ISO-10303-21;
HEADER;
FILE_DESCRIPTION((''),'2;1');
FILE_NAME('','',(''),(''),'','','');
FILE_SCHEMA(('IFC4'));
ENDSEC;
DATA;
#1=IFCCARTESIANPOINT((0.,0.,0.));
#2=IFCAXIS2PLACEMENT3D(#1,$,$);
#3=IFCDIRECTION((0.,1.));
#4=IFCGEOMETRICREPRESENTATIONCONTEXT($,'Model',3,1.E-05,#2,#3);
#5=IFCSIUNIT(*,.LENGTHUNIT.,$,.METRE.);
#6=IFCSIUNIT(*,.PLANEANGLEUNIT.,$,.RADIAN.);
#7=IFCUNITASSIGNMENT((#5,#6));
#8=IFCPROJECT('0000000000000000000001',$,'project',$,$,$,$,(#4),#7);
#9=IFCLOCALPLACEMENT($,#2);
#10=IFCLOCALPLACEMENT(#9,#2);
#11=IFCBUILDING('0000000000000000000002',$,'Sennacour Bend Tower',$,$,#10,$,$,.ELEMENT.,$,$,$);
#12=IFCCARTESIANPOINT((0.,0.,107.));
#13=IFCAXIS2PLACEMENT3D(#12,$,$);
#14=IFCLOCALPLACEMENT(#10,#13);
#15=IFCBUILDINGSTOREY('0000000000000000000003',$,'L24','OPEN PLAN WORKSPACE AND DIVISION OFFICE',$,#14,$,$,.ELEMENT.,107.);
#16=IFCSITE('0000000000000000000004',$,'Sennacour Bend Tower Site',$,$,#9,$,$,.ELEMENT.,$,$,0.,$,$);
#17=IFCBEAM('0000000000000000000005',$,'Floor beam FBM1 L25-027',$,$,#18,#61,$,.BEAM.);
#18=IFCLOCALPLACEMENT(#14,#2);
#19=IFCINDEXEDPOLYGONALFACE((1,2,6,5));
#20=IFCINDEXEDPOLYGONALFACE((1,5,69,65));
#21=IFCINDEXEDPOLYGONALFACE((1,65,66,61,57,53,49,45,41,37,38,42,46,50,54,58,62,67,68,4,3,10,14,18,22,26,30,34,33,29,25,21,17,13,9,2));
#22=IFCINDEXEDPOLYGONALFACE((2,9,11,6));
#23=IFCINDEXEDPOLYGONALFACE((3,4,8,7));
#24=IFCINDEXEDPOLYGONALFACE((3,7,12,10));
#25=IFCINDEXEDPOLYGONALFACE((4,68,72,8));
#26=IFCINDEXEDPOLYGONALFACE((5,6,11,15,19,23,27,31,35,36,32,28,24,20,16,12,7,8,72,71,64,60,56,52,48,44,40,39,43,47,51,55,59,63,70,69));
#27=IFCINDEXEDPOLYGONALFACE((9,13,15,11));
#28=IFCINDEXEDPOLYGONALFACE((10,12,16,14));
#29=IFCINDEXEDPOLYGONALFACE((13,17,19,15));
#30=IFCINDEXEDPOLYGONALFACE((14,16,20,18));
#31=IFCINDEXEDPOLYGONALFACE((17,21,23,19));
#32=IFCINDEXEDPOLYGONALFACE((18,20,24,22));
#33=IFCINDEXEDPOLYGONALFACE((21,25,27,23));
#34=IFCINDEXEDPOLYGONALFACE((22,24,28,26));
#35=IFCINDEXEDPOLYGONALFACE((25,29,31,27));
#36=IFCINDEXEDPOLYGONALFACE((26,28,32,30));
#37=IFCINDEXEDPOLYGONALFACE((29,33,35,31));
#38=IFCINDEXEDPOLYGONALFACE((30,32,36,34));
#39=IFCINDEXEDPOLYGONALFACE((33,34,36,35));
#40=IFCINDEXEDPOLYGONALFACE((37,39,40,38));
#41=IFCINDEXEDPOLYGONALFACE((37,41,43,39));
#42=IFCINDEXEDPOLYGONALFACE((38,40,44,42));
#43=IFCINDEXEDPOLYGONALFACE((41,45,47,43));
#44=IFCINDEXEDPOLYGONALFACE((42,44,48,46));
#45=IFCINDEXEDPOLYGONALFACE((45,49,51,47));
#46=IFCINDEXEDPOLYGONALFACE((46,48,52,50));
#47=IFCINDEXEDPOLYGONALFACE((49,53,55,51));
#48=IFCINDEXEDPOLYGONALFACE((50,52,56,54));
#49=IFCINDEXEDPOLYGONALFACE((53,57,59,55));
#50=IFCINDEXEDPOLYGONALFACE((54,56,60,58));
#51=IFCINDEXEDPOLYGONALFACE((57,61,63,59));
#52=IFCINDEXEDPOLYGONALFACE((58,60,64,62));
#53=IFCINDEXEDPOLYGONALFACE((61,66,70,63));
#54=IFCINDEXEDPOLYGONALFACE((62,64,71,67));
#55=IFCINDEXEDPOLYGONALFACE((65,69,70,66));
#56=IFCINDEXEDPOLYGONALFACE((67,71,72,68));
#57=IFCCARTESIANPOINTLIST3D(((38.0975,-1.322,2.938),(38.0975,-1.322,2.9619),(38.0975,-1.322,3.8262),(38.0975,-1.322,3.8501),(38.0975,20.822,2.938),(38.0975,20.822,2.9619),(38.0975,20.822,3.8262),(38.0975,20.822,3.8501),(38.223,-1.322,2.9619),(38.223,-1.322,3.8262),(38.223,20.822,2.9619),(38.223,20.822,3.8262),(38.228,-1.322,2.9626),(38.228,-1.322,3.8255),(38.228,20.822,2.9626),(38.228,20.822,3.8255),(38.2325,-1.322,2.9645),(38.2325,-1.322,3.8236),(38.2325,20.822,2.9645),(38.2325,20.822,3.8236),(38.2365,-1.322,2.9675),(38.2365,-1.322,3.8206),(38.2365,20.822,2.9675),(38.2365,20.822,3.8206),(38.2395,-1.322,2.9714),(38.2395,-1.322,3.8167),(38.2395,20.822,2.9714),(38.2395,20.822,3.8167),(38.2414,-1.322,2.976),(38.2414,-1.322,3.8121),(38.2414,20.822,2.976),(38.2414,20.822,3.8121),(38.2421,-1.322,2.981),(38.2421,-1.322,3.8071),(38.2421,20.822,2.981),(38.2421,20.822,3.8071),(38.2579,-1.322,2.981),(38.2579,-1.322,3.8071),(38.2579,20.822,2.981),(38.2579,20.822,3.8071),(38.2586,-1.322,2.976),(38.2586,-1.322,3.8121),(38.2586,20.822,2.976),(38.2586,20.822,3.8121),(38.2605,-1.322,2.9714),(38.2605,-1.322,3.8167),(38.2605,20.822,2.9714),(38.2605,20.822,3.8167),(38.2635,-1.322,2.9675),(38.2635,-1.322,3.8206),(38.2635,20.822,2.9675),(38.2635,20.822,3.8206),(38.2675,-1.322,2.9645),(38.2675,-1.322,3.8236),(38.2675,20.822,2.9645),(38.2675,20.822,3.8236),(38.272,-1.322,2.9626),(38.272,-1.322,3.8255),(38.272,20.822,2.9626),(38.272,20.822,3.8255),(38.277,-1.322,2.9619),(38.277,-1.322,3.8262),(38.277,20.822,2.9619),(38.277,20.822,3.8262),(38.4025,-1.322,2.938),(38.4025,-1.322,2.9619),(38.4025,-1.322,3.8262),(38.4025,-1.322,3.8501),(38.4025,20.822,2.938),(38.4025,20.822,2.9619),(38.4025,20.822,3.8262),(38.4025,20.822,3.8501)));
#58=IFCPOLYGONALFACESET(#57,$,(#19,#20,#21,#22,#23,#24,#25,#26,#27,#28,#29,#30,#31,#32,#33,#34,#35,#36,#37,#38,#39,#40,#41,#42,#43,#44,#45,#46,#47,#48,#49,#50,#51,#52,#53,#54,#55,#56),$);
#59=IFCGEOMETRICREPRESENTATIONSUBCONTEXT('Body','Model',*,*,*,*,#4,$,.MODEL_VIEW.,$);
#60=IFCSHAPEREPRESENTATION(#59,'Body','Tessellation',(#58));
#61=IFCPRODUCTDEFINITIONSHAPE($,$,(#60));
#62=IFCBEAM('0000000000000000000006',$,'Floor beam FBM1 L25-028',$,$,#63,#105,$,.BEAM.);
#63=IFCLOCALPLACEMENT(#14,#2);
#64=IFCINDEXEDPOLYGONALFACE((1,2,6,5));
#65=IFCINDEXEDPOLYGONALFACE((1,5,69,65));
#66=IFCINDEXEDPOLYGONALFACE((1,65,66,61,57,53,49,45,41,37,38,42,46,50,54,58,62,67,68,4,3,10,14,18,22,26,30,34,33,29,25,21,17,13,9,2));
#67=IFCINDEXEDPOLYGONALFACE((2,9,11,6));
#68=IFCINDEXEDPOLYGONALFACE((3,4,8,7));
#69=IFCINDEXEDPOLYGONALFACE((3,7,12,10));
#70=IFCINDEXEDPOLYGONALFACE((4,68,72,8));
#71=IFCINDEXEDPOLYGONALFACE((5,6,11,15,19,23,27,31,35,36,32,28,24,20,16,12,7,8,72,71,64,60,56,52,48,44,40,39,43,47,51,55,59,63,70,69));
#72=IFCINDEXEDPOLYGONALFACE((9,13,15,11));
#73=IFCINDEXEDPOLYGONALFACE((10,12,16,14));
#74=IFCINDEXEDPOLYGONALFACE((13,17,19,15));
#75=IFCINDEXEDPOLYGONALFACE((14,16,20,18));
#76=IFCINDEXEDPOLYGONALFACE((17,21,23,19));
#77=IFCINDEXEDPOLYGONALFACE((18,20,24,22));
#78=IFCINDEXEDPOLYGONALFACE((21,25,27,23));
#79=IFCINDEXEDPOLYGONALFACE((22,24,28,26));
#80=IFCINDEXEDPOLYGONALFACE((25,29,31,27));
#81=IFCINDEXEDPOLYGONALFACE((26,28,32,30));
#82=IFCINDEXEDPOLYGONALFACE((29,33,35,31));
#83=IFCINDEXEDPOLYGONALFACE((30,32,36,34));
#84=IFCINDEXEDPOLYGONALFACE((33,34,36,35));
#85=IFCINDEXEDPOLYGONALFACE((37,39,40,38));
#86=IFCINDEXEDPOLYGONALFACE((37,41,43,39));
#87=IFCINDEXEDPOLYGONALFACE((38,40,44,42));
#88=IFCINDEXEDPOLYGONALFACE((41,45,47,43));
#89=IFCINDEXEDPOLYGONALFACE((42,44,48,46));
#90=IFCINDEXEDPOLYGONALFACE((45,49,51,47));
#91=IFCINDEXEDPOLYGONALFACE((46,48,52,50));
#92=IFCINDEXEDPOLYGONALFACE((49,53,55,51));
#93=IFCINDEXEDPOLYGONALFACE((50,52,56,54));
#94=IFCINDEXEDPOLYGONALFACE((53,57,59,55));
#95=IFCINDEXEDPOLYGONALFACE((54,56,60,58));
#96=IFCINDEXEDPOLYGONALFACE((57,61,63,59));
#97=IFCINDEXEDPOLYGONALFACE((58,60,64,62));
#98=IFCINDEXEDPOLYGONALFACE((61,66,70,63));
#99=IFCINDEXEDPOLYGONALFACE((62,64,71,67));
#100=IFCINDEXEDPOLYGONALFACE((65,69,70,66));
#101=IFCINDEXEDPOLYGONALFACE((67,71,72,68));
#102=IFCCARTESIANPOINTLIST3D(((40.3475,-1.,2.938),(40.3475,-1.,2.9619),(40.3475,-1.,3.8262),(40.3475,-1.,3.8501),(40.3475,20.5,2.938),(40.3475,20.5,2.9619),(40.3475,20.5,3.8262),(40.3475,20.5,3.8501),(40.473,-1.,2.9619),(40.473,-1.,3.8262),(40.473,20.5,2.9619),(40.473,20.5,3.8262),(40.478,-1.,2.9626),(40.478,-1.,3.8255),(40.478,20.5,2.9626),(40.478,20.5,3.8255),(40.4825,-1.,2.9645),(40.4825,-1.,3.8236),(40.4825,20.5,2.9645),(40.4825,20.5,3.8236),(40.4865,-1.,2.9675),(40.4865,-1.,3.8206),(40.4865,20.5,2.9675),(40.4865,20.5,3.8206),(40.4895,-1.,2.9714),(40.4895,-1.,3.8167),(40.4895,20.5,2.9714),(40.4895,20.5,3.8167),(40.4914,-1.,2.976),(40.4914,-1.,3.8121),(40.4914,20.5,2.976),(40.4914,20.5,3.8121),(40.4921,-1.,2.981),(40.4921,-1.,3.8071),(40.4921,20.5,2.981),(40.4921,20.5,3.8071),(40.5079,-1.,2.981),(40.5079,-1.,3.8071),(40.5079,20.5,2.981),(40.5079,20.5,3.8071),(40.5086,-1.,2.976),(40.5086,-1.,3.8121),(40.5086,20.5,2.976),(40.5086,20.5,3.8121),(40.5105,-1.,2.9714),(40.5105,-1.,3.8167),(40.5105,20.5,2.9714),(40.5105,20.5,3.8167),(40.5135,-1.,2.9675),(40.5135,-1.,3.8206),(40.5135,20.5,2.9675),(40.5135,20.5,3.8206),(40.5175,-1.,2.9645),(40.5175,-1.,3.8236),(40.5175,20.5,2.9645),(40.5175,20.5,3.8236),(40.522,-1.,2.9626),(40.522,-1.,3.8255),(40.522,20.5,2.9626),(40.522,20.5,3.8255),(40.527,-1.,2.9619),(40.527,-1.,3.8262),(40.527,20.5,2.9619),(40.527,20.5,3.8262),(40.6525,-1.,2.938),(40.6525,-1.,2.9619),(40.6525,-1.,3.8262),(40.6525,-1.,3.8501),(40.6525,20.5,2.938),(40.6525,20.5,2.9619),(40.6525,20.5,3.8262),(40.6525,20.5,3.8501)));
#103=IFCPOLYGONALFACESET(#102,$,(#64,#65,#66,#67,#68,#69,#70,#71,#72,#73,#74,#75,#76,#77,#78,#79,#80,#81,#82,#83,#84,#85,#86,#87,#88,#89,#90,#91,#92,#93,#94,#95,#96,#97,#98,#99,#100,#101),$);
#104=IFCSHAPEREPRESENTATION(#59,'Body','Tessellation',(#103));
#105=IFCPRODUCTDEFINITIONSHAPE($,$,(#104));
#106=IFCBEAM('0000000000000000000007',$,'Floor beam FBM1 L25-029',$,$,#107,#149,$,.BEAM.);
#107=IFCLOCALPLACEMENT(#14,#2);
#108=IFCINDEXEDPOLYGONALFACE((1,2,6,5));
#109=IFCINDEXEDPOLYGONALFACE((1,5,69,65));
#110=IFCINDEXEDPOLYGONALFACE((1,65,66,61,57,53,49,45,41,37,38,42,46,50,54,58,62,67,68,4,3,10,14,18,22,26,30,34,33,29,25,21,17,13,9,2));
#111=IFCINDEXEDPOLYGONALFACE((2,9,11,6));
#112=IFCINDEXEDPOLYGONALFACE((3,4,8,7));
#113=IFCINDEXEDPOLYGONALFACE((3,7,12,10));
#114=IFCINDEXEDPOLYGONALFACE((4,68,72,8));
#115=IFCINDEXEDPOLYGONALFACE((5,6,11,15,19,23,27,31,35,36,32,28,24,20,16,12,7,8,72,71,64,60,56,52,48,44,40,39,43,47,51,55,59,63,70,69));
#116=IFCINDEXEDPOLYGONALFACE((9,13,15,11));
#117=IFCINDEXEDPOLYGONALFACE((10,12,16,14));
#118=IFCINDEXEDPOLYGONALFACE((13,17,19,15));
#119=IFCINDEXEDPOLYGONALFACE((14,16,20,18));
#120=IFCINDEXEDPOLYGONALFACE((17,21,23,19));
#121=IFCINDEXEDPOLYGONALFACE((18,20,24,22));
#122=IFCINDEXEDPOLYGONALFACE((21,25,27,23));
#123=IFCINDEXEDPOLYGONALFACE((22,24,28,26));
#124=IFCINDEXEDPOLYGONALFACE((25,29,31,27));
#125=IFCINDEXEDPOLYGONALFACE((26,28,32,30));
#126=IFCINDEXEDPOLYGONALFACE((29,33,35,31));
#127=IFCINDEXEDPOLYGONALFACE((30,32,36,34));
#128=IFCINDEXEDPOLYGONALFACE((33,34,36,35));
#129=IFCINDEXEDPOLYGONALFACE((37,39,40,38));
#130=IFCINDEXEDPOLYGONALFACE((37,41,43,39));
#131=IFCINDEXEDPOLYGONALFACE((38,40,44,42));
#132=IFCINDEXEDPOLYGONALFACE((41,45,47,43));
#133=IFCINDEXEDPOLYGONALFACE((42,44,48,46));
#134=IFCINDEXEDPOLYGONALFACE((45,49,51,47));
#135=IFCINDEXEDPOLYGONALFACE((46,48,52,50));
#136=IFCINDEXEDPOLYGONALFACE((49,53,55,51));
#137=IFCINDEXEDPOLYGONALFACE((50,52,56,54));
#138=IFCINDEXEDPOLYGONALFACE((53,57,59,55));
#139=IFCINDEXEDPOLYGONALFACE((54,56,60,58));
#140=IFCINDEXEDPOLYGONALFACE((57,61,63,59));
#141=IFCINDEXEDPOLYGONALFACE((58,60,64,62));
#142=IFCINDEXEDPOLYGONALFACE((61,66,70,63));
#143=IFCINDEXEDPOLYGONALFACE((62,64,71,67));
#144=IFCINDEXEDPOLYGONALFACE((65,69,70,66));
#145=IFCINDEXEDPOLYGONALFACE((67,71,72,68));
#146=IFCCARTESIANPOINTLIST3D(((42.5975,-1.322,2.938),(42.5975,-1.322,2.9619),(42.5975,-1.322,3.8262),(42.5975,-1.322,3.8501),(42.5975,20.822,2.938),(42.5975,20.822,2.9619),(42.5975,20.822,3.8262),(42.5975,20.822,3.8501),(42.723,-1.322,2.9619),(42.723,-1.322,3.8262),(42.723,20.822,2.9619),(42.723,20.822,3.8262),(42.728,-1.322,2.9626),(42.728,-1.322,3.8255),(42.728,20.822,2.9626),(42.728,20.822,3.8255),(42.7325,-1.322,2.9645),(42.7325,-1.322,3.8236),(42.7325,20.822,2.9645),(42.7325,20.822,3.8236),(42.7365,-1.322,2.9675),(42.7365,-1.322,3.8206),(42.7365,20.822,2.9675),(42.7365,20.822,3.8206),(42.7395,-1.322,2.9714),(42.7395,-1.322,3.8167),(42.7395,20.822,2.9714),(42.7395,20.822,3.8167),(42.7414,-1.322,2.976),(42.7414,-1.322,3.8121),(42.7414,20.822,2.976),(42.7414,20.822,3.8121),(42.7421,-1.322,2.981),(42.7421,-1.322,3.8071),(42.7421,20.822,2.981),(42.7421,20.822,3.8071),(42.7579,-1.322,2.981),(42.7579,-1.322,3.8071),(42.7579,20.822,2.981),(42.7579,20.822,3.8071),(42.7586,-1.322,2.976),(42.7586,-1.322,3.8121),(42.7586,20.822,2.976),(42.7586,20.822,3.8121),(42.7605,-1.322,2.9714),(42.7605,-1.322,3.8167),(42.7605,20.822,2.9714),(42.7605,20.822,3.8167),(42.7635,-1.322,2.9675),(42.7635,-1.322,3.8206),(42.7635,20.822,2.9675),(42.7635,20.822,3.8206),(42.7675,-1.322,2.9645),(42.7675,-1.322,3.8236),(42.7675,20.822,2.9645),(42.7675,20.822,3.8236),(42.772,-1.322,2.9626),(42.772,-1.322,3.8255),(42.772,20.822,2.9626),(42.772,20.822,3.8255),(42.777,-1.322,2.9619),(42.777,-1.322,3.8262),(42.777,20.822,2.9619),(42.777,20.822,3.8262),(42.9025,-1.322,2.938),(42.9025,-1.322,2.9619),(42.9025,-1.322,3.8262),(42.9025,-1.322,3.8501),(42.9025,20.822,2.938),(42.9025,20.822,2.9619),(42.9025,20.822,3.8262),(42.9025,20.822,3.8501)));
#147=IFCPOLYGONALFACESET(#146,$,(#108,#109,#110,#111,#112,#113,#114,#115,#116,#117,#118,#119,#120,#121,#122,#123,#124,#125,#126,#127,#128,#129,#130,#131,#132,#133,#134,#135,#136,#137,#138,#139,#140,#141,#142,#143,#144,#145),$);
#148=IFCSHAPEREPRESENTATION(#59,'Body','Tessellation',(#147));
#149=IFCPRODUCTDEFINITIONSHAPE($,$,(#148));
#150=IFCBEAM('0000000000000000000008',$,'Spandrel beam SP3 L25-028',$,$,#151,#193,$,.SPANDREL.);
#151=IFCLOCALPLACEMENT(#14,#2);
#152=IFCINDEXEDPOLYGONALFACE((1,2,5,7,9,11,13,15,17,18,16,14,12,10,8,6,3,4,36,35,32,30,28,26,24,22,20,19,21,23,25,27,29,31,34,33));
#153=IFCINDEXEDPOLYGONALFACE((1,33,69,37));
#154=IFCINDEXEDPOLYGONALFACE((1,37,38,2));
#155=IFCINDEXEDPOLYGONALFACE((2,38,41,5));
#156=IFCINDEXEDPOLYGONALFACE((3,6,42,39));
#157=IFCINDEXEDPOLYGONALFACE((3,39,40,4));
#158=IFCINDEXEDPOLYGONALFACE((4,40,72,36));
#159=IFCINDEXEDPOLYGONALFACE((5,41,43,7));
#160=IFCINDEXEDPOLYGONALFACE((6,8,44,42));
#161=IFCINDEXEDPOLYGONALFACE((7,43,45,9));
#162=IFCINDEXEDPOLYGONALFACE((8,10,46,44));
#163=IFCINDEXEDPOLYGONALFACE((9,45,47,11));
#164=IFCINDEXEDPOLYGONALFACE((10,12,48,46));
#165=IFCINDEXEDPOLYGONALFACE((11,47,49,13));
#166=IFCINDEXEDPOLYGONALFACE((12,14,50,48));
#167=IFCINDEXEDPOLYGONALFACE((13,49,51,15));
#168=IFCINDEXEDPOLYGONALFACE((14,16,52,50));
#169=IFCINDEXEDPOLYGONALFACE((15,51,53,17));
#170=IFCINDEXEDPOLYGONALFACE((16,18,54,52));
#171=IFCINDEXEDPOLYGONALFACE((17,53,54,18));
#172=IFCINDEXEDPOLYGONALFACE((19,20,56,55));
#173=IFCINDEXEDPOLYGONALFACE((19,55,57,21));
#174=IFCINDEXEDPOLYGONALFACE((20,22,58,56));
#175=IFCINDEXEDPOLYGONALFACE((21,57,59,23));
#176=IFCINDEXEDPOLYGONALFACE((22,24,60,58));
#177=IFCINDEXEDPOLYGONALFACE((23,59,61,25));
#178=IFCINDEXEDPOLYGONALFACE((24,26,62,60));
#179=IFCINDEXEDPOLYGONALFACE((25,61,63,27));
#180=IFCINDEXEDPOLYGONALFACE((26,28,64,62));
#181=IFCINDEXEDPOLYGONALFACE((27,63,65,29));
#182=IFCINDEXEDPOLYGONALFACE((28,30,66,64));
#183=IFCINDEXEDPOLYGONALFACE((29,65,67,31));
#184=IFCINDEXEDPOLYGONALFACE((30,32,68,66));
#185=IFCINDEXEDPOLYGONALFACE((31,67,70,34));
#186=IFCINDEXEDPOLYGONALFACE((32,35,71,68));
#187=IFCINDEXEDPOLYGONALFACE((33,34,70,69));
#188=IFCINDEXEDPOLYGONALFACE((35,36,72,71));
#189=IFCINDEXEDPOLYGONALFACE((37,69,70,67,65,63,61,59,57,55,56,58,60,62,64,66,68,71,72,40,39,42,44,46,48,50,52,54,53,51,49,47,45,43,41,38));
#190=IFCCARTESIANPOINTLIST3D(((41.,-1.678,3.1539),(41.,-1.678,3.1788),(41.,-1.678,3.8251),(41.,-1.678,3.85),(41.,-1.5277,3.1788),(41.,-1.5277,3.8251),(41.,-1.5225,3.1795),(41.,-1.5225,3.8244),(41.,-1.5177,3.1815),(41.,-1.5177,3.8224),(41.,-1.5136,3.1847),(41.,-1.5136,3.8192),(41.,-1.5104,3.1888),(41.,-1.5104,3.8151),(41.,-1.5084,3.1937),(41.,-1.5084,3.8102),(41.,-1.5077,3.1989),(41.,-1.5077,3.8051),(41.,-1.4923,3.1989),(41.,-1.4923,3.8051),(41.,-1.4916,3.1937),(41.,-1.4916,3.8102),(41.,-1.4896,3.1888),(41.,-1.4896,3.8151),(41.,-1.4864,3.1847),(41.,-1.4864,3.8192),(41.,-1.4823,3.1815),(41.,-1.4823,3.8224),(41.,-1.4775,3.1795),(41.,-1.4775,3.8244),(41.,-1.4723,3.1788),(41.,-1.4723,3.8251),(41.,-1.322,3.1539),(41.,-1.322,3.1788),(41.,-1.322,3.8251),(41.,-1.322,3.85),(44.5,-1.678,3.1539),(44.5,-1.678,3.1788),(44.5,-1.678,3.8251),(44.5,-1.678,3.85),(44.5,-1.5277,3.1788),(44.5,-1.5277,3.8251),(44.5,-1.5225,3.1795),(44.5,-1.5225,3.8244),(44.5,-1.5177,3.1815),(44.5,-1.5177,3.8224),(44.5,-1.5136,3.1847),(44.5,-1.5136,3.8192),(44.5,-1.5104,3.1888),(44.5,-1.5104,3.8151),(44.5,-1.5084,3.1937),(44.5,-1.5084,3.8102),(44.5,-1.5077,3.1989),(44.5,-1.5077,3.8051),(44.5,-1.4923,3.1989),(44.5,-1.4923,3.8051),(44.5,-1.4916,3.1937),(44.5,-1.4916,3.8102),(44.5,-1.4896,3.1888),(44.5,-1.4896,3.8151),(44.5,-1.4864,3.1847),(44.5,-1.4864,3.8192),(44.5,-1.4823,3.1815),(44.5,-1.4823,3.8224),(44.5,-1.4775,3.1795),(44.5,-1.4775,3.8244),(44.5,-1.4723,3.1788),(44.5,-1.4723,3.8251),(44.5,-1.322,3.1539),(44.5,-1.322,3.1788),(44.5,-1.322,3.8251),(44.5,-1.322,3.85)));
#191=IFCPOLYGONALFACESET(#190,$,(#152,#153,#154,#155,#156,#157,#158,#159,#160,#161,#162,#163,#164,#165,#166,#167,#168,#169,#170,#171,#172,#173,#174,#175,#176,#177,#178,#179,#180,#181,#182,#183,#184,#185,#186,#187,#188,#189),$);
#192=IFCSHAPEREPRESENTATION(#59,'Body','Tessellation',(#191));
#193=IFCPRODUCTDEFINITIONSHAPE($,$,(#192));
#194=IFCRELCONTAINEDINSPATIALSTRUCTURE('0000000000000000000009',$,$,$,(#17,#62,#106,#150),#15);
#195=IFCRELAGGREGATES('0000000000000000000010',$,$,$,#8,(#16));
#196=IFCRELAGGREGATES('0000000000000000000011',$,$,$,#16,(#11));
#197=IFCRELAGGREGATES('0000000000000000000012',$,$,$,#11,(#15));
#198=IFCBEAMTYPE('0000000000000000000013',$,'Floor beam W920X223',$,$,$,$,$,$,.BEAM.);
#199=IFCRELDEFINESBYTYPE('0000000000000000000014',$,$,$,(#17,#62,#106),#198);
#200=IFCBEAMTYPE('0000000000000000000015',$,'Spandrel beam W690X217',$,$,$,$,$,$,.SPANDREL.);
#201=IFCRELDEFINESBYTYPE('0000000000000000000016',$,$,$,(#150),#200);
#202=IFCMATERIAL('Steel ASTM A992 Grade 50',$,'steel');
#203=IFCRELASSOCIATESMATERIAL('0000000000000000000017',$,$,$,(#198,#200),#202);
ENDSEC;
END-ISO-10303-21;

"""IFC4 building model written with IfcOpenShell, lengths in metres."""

from ifc_helpers import new_model, si_unit, direction, frame, origin, origin_2d, place, context, subcontext, project, spatial, i_section, extrude, material, material_profile, profile_set, type_object, element, save


model = new_model("IFC4")

# Units and contexts
model_context = context("Model", 3, precision=1e-05, world=origin(), true_north=direction((0.0, 1.0)))
body_context = subcontext(model_context, "Body", "Model", "MODEL_VIEW")
ifc_project = project(units=[si_unit("LENGTHUNIT", "METRE"), si_unit("PLANEANGLEUNIT", "RADIAN")], contexts=[model_context])

# Site, building, storey
site_placement = place(None, origin())
site = spatial("IfcSite", under=ifc_project, at=site_placement, Name="Sennacour Bend Tower Site", CompositionType="ELEMENT", RefElevation=0.0)
building_placement = place(site_placement, origin())
building = spatial("IfcBuilding", under=site, at=building_placement, Name="Sennacour Bend Tower", CompositionType="ELEMENT")
storey_placement = place(building_placement, frame((0.0, 0.0, 107.0)))
storey = spatial("IfcBuildingStorey", under=building, at=storey_placement, Name="L24", Description="OPEN PLAN WORKSPACE AND DIVISION OFFICE", CompositionType="ELEMENT", Elevation=107.0)

# Beams
ifc_material_1 = material(Name="Steel ASTM A992 Grade 50", Category="steel")
ifc_material_profile_1 = material_profile(ifc_material_1, i_section(OverallWidth=0.3049, OverallDepth=0.9121, WebThickness=0.0159, FlangeThickness=0.0239, FilletRadius=0.019, at=origin_2d()), Name="Steel ASTM A992 Grade 50", Category="steel")
ifc_profile_set_1 = profile_set([ifc_material_profile_1], Name="Steel ASTM A992 Grade 50")
beam_type_1 = type_object("IfcBeamType", Name="Floor beam W920X223", PredefinedType="BEAM", material=ifc_profile_set_1)
beam_1_placement = place(storey_placement, frame((38.25, -1.322, 3.394), z_axis=(0.0, 1.0, 0.0), x_axis=(-1.0, 0.0, 0.0)))
element("IfcBeam", 1, at=beam_1_placement, inside=storey, type_object=beam_type_1, Name="Floor beam FBM1 L25-027", PredefinedType="BEAM", context=body_context, shape_type="SweptSolid", body=[
    extrude(i_section(OverallWidth=0.3049, OverallDepth=0.9121, WebThickness=0.0159, FlangeThickness=0.0239, FilletRadius=0.019, at=origin_2d()), origin(), (0.0, 0.0, 1.0), 22.144),
])
beam_2_placement = place(storey_placement, frame((40.5, -1.0, 3.394), z_axis=(0.0, 1.0, 0.0), x_axis=(-1.0, 0.0, 0.0)))
element("IfcBeam", 2, at=beam_2_placement, inside=storey, type_object=beam_type_1, Name="Floor beam FBM1 L25-028", PredefinedType="BEAM", context=body_context, shape_type="SweptSolid", body=[
    extrude(i_section(OverallWidth=0.3049, OverallDepth=0.9121, WebThickness=0.0159, FlangeThickness=0.0239, FilletRadius=0.019, at=origin_2d()), origin(), (0.0, 0.0, 1.0), 21.5),
])
beam_3_placement = place(storey_placement, frame((42.75, -1.322, 3.394), z_axis=(0.0, 1.0, 0.0), x_axis=(-1.0, 0.0, 0.0)))
element("IfcBeam", 3, at=beam_3_placement, inside=storey, type_object=beam_type_1, Name="Floor beam FBM1 L25-029", PredefinedType="BEAM", context=body_context, shape_type="SweptSolid", body=[
    extrude(i_section(OverallWidth=0.3049, OverallDepth=0.9121, WebThickness=0.0159, FlangeThickness=0.0239, FilletRadius=0.019, at=origin_2d()), origin(), (0.0, 0.0, 1.0), 22.144),
])
ifc_material_profile_2 = material_profile(ifc_material_1, i_section(OverallWidth=0.356, OverallDepth=0.696, WebThickness=0.0154, FlangeThickness=0.0249, FilletRadius=0.02, at=origin_2d()), Name="Steel ASTM A992 Grade 50", Category="steel")
ifc_profile_set_2 = profile_set([ifc_material_profile_2], Name="Steel ASTM A992 Grade 50")
beam_type_2 = type_object("IfcBeamType", Name="Spandrel beam W690X217", PredefinedType="SPANDREL", material=ifc_profile_set_2)
for number, where, z_axis, x_axis, name in (
    (4, (44.5, -1.5, 3.502), (-1.0, 0.0, 0.0), (0.0, -1.0, 0.0), "Spandrel beam SP3 L25-028"),
):
    element("IfcBeam", number, at=place(storey_placement, frame(where, z_axis=z_axis, x_axis=x_axis)), inside=storey, type_object=beam_type_2, Name=name, PredefinedType="SPANDREL", context=body_context, shape_type="SweptSolid", body=[
        extrude(i_section(OverallWidth=0.356, OverallDepth=0.696, WebThickness=0.0154, FlangeThickness=0.0249, FilletRadius=0.02, at=origin_2d()), origin(), (0.0, 0.0, 1.0), 3.5),
    ])

save(model, "model.ifc")
